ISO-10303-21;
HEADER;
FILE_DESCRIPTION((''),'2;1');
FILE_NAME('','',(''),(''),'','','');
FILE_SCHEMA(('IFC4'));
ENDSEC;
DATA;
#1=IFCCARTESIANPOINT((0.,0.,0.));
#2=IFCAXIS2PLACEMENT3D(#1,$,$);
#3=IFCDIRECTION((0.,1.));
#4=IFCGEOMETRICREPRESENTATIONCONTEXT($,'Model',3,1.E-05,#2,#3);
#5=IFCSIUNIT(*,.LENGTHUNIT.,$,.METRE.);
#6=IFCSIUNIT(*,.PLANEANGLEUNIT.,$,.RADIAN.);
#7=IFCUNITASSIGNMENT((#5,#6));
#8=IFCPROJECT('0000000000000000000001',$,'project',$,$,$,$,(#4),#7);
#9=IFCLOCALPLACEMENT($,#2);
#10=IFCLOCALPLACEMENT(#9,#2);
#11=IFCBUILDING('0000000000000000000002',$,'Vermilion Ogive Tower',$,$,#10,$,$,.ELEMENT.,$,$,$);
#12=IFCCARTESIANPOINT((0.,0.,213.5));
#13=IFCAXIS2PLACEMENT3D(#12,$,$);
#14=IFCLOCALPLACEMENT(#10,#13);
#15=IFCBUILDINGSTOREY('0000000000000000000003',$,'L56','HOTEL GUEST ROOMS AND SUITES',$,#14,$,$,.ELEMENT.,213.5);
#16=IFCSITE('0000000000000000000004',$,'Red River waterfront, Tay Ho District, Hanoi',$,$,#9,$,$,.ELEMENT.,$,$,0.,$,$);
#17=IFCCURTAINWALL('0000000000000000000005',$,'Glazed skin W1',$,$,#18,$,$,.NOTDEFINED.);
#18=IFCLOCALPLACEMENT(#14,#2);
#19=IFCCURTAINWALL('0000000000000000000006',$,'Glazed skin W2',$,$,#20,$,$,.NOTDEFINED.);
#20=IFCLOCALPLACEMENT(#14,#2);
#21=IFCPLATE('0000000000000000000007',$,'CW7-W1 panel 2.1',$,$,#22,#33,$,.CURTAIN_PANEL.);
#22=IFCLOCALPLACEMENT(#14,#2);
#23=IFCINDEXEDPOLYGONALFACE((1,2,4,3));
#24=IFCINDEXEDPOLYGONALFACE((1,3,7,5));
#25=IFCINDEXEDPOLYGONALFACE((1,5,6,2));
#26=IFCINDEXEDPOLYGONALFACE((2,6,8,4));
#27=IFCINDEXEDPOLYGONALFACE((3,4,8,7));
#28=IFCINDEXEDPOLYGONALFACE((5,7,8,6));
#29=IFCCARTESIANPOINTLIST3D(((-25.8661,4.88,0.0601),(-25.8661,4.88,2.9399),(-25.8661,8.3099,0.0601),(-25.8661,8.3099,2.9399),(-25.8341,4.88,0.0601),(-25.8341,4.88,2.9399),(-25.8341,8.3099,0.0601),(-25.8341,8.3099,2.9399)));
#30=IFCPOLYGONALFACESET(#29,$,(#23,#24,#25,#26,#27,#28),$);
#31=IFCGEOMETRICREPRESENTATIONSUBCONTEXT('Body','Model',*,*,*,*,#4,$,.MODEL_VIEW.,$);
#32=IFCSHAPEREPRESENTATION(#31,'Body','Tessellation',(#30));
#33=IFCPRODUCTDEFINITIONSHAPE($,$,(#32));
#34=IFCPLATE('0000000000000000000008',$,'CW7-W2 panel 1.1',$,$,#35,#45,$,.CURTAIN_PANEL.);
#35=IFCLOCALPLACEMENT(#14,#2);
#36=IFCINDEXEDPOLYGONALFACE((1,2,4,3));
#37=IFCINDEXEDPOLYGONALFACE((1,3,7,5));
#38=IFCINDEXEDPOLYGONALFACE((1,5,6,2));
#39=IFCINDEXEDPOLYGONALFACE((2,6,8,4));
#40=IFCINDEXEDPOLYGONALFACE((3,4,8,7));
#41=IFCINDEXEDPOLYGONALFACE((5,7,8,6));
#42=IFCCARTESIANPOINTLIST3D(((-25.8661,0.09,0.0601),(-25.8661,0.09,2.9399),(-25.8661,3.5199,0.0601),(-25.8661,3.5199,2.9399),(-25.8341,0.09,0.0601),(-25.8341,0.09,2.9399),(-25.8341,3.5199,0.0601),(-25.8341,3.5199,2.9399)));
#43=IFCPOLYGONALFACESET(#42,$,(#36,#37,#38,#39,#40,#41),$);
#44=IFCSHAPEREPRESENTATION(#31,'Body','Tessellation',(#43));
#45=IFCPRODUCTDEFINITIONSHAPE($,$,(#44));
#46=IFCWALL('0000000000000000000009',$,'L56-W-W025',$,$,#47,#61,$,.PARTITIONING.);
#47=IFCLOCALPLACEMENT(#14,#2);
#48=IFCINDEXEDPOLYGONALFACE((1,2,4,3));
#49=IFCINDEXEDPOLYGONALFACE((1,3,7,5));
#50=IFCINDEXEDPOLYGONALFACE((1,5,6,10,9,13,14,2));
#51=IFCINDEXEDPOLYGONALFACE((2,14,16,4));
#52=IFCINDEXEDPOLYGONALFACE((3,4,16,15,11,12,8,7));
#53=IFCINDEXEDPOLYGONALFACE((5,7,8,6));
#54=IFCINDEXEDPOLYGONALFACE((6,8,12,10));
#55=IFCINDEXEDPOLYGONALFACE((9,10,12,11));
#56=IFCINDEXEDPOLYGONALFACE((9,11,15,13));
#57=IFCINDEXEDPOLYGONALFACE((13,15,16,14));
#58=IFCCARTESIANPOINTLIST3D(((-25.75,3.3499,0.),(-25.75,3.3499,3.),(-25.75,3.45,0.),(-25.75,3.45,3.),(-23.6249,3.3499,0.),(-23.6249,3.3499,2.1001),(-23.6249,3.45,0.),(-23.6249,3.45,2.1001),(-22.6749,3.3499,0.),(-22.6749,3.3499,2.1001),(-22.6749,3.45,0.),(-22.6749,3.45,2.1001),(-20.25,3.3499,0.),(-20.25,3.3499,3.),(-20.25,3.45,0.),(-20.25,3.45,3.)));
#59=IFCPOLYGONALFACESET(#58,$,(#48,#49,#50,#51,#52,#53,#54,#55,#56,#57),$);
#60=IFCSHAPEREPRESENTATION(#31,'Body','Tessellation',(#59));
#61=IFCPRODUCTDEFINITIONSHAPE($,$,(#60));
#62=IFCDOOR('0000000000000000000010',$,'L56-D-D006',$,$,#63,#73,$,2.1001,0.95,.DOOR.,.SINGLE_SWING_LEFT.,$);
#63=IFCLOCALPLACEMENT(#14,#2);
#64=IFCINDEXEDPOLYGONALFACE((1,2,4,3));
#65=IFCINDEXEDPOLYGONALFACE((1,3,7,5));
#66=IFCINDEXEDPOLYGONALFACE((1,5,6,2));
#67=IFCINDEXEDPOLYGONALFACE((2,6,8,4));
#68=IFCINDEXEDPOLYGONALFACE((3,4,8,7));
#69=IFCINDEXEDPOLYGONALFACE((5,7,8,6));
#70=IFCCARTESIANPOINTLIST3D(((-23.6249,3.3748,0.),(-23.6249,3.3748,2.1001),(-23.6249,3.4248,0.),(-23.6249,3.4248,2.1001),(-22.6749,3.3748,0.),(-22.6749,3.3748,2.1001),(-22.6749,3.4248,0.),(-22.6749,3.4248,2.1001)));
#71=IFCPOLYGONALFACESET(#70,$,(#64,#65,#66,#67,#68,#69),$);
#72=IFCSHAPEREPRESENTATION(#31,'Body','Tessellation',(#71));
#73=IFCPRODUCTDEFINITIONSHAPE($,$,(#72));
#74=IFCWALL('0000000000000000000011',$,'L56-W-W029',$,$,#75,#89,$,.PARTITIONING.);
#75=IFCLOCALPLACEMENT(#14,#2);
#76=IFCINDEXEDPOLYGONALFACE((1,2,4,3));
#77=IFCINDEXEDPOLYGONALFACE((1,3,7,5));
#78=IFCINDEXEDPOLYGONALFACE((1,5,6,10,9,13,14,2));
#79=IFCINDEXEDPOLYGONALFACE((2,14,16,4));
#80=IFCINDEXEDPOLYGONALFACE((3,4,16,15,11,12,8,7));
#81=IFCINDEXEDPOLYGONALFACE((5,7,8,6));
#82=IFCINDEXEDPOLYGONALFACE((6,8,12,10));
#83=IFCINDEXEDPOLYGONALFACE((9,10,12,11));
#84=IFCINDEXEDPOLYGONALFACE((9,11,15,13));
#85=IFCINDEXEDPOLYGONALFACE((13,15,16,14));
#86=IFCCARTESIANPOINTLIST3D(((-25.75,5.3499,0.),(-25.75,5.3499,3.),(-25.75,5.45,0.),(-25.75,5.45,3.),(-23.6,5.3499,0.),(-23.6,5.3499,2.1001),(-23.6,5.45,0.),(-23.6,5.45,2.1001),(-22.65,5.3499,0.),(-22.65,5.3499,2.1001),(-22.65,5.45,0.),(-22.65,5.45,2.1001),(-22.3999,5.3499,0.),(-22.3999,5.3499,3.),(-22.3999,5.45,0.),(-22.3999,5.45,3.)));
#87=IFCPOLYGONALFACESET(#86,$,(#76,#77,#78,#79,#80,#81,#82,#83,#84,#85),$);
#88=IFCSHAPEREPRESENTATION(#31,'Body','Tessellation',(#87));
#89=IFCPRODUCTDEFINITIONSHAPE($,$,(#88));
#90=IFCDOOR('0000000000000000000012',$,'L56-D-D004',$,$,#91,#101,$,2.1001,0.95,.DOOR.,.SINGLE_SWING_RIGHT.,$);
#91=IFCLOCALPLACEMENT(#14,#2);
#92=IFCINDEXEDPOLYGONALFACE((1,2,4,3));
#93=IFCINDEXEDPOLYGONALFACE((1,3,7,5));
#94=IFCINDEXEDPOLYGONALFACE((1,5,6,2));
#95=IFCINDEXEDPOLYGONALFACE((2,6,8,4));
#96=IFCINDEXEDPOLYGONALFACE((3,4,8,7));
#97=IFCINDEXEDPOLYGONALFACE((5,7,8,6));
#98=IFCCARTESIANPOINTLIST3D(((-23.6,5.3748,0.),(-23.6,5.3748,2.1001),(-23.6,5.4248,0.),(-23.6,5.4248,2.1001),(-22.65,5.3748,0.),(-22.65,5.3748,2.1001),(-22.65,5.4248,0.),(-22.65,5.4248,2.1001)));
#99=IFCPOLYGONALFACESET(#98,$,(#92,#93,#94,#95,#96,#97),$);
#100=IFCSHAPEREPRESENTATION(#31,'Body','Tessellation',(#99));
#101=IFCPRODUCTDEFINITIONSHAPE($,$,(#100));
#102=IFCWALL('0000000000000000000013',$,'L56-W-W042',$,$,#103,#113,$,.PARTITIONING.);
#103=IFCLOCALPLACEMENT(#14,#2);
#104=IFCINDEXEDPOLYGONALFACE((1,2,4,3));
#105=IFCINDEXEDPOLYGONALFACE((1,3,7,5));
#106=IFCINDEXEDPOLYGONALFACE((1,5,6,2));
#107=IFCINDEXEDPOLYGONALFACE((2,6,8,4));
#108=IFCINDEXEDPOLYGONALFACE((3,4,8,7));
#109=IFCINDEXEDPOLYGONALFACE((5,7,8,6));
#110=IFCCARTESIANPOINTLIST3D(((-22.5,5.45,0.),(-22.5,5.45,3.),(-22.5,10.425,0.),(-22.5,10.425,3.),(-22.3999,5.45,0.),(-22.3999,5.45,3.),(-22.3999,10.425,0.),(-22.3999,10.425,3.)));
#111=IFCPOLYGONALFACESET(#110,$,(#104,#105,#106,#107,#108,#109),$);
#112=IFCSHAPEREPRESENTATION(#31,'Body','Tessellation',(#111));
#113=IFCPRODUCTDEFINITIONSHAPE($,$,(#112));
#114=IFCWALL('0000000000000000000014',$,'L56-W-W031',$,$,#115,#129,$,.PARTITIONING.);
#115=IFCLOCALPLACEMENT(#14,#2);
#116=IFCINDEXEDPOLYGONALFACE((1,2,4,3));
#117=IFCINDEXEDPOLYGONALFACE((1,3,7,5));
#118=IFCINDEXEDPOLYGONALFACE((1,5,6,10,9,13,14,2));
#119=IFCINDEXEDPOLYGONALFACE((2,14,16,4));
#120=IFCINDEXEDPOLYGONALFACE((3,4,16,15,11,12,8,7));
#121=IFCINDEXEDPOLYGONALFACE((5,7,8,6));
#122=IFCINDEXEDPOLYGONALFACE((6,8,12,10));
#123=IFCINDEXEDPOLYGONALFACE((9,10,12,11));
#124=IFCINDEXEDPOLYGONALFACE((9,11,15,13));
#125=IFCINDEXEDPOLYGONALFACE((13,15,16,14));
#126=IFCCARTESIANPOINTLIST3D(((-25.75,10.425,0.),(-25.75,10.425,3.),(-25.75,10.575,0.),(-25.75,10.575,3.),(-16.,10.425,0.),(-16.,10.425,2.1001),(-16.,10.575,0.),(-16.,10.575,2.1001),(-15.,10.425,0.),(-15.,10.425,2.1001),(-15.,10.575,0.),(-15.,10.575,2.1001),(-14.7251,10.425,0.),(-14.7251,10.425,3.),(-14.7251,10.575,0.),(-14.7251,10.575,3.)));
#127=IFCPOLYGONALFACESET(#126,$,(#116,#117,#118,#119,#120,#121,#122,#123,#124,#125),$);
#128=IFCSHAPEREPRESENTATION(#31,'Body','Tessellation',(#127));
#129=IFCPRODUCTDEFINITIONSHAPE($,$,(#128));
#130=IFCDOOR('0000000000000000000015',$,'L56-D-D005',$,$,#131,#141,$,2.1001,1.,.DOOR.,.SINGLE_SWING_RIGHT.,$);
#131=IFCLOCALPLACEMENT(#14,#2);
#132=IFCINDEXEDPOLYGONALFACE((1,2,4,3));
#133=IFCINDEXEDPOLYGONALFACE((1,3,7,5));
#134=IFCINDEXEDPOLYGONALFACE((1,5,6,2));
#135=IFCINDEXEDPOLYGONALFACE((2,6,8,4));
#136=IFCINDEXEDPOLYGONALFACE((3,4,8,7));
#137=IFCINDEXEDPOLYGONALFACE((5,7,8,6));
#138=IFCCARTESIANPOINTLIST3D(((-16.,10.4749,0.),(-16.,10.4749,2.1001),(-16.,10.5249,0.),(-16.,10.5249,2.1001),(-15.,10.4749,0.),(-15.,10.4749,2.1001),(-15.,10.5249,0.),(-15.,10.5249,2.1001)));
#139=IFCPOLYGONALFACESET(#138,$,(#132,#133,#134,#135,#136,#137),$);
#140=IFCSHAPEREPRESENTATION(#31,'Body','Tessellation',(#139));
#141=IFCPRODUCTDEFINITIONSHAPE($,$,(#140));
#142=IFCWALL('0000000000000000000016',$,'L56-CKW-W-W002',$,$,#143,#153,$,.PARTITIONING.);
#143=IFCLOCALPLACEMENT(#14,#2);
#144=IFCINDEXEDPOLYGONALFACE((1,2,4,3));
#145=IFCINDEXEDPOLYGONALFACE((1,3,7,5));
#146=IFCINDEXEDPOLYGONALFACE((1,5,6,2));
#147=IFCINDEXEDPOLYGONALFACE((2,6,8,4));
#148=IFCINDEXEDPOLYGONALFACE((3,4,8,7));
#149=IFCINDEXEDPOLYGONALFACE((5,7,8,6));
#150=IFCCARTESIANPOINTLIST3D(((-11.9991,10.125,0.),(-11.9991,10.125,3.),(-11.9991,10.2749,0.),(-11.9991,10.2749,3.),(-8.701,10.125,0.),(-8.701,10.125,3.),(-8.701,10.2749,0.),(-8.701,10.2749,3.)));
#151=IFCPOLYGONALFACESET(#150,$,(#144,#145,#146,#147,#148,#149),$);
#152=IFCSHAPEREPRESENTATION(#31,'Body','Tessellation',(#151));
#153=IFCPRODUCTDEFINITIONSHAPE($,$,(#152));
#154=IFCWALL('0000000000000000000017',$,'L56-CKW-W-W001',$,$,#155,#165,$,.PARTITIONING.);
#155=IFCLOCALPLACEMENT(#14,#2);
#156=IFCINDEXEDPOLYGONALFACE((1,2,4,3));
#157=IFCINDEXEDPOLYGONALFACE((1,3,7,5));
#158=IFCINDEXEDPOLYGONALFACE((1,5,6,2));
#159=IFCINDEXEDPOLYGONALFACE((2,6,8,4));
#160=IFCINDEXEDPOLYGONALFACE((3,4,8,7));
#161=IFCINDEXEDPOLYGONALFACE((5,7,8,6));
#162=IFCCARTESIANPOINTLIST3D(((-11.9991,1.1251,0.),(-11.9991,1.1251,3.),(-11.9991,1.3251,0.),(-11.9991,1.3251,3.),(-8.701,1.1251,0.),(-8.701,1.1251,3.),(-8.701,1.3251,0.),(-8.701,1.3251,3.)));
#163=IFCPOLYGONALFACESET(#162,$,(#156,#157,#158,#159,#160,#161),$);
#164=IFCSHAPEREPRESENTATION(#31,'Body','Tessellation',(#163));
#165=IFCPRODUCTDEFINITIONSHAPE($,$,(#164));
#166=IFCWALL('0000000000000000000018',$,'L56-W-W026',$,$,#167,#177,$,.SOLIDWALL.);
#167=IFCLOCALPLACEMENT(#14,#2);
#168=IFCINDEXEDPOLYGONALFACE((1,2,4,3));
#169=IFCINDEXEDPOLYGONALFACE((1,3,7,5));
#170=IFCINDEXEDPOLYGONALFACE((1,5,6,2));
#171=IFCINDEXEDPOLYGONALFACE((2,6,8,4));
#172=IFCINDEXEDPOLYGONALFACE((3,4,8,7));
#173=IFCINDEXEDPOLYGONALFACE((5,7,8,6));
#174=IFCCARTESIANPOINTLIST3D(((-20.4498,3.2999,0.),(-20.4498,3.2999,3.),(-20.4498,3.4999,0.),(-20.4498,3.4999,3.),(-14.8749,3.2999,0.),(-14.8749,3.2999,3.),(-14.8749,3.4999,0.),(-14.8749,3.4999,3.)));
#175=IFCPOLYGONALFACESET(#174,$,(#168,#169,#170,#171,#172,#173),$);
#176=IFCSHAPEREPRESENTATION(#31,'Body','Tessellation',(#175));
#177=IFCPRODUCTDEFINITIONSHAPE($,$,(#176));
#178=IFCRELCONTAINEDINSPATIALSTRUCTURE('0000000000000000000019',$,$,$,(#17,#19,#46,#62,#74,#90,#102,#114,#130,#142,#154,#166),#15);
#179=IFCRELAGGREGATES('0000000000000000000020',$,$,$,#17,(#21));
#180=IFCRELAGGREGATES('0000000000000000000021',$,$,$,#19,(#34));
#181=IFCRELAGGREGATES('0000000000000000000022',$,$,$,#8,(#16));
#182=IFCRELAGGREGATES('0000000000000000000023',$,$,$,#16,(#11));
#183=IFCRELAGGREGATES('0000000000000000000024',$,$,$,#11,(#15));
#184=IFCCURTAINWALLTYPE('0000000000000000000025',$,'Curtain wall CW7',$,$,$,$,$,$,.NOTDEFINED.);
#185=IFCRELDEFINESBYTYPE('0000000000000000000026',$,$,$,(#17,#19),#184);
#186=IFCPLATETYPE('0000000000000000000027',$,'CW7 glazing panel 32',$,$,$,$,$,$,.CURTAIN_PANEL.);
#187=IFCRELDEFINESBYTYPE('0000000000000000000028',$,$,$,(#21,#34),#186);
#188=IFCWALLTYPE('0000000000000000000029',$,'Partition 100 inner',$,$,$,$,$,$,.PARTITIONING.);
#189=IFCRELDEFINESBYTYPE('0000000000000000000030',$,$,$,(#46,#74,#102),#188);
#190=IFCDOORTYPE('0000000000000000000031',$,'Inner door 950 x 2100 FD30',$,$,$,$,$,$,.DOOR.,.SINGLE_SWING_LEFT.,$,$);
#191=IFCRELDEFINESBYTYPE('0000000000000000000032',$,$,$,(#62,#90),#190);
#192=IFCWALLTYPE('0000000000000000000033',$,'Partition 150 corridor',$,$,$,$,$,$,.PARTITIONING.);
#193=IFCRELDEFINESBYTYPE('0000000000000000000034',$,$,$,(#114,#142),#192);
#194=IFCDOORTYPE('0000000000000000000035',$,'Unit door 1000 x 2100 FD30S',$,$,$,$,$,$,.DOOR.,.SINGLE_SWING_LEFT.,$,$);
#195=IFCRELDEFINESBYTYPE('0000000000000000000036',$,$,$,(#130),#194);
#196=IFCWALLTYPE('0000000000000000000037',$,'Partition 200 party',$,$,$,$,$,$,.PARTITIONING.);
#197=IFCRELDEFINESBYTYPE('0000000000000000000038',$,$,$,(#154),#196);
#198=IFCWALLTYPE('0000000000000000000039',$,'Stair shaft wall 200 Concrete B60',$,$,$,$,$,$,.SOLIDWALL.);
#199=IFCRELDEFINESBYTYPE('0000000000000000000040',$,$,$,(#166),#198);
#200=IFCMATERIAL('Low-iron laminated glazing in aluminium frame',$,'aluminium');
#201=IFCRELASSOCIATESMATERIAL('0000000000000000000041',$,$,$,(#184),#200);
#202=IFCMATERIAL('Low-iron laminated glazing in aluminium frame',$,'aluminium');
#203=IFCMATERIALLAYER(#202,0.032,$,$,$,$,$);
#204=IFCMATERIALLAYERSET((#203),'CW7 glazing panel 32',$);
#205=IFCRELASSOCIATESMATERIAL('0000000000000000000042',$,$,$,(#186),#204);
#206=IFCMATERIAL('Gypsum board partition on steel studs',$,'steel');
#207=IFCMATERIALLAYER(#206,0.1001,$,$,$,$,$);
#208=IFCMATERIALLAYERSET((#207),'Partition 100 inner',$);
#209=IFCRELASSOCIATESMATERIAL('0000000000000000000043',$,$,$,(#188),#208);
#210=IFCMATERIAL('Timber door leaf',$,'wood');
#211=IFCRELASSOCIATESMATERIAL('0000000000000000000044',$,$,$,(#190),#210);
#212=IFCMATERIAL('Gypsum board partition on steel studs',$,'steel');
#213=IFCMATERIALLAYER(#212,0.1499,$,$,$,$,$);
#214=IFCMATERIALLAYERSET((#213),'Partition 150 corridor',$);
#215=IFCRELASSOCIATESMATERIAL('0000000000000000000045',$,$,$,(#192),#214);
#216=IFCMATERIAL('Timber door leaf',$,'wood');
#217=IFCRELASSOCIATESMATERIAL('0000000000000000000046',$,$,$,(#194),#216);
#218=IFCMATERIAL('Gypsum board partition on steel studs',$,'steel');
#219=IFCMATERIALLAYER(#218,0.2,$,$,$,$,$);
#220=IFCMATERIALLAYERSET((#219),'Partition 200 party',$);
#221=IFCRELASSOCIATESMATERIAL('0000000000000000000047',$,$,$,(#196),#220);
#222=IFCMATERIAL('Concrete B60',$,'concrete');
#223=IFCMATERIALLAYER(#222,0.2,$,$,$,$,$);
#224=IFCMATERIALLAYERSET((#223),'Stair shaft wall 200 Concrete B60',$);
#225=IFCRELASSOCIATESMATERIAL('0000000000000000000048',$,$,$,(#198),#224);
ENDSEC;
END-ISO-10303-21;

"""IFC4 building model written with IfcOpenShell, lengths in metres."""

from ifc_helpers import new_model, si_unit, direction, frame, frame_2d, origin, origin_2d, place, context, subcontext, project, spatial, rectangle, extrude, material, layer, layer_set, type_object, element, fill, aggregate, save


model = new_model("IFC4")

# Units and contexts
model_context = context("Model", 3, precision=1e-05, world=origin(), true_north=direction((0.0, 1.0)))
body_context = subcontext(model_context, "Body", "Model", "MODEL_VIEW")
ifc_project = project(units=[si_unit("LENGTHUNIT", "METRE"), si_unit("PLANEANGLEUNIT", "RADIAN")], contexts=[model_context])

# Site, building, storey
site_placement = place(None, origin())
site = spatial("IfcSite", under=ifc_project, at=site_placement, Name="Red River waterfront, Tay Ho District, Hanoi", CompositionType="ELEMENT", RefElevation=0.0)
building_placement = place(site_placement, origin())
building = spatial("IfcBuilding", under=site, at=building_placement, Name="Vermilion Ogive Tower", CompositionType="ELEMENT")
storey_placement = place(building_placement, frame((0.0, 0.0, 213.5)))
storey = spatial("IfcBuildingStorey", under=building, at=storey_placement, Name="L56", Description="HOTEL GUEST ROOMS AND SUITES", CompositionType="ELEMENT", Elevation=213.5)

# Curtain wall
ifc_material_1 = material(Name="Low-iron laminated glazing in aluminium frame", Category="aluminium")
curtain_wall_type = type_object("IfcCurtainWallType", Name="Curtain wall CW7", PredefinedType="NOTDEFINED", material=ifc_material_1)
curtain_wall_1_placement = place(storey_placement, origin())
curtain_wall_1 = element("IfcCurtainWall", 1, at=curtain_wall_1_placement, inside=storey, type_object=curtain_wall_type, Name="Glazed skin W1", PredefinedType="NOTDEFINED")

# Curtain wall
curtain_wall_2_placement = place(storey_placement, origin())
curtain_wall_2 = element("IfcCurtainWall", 2, at=curtain_wall_2_placement, inside=storey, type_object=curtain_wall_type, Name="Glazed skin W2", PredefinedType="NOTDEFINED")

# Plates
ifc_material_2 = material(Name="Low-iron laminated glazing in aluminium frame", Category="aluminium")
ifc_layer_1 = layer(ifc_material_2, 0.032)
ifc_layer_set_1 = layer_set([ifc_layer_1], Name="CW7 glazing panel 32")
plate_type = type_object("IfcPlateType", Name="CW7 glazing panel 32", PredefinedType="CURTAIN_PANEL", material=ifc_layer_set_1)
plate_1_placement = place(storey_placement, frame((-25.8501, 6.595, 0.0601), z_axis=(0.0, 0.0, 1.0), x_axis=(0.0, -1.0, 0.0)))
plate_1 = element("IfcPlate", 3, at=plate_1_placement, type_object=plate_type, Name="CW7-W1 panel 2.1", PredefinedType="CURTAIN_PANEL", context=body_context, shape_type="SweptSolid", body=[
    extrude(rectangle(XDim=3.4299, YDim=0.032, at=origin_2d()), origin(), (0.0, 0.0, 1.0), 2.8799),
])
aggregate(curtain_wall_1, [plate_1])
plate_2_placement = place(storey_placement, frame((-25.8501, 1.8049, 0.0601), z_axis=(0.0, 0.0, 1.0), x_axis=(0.0, -1.0, 0.0)))
plate_2 = element("IfcPlate", 4, at=plate_2_placement, type_object=plate_type, Name="CW7-W2 panel 1.1", PredefinedType="CURTAIN_PANEL", context=body_context, shape_type="SweptSolid", body=[
    extrude(rectangle(XDim=3.4299, YDim=0.032, at=origin_2d()), origin(), (0.0, 0.0, 1.0), 2.8799),
])
aggregate(curtain_wall_2, [plate_2])

# Walls, openings, doors
ifc_material_3 = material(Name="Gypsum board partition on steel studs", Category="steel")
ifc_layer_2 = layer(ifc_material_3, 0.1001)
ifc_layer_set_2 = layer_set([ifc_layer_2], Name="Partition 100 inner")
wall_type_1 = type_object("IfcWallType", Name="Partition 100 inner", PredefinedType="PARTITIONING", material=ifc_layer_set_2)
wall_1_placement = place(storey_placement, frame((-25.75, 3.3999, 0.0), z_axis=(0.0, 0.0, 1.0), x_axis=(1.0, 0.0, 0.0)))
wall_1 = element("IfcWall", 5, at=wall_1_placement, inside=storey, type_object=wall_type_1, Name="L56-W-W025", PredefinedType="PARTITIONING", context=body_context, shape_type="SweptSolid", body=[
    extrude(rectangle(XDim=5.5, YDim=0.1001, at=frame_2d((2.75, 0.0))), origin(), (0.0, 0.0, 1.0), 3.0),
])
opening_1_placement = place(wall_1_placement, frame((2.125, 0.0, 0.0)))
opening_1 = element("IfcOpeningElement", 6, at=opening_1_placement, cuts=wall_1, PredefinedType="OPENING", context=body_context, shape_type="SweptSolid", body=[
    extrude(rectangle(XDim=0.95, YDim=2.1001, at=frame_2d((0.4751, 1.05))), frame((0.0, 0.0601, 0.0), z_axis=(0.0, -1.0, 0.0), x_axis=(1.0, 0.0, 0.0)), (0.0, 0.0, 1.0), 0.1201),
])
ifc_material_4 = material(Name="Timber door leaf", Category="wood")
door_type_1 = type_object("IfcDoorType", Name="Inner door 950 x 2100 FD30", OperationType="SINGLE_SWING_LEFT", PredefinedType="DOOR", material=ifc_material_4)
door_1_placement = place(opening_1_placement, origin())
door_1 = element("IfcDoor", 7, at=door_1_placement, inside=storey, type_object=door_type_1, Name="L56-D-D006", OperationType="SINGLE_SWING_LEFT", OverallHeight=2.1001, OverallWidth=0.95, PredefinedType="DOOR", context=body_context, shape_type="SweptSolid", body=[
    extrude(rectangle(XDim=0.95, YDim=2.1001, at=frame_2d((0.4751, 1.05))), frame((0.0, 0.0249, 0.0), z_axis=(0.0, -1.0, 0.0), x_axis=(1.0, 0.0, 0.0)), (0.0, 0.0, 1.0), 0.05),
])
fill(opening_1, door_1)
wall_2_placement = place(storey_placement, frame((-25.75, 5.3999, 0.0), z_axis=(0.0, 0.0, 1.0), x_axis=(1.0, 0.0, 0.0)))
wall_2 = element("IfcWall", 8, at=wall_2_placement, inside=storey, type_object=wall_type_1, Name="L56-W-W029", PredefinedType="PARTITIONING", context=body_context, shape_type="SweptSolid", body=[
    extrude(rectangle(XDim=3.3501, YDim=0.1001, at=frame_2d((1.675, 0.0))), origin(), (0.0, 0.0, 1.0), 3.0),
])
opening_2_placement = place(wall_2_placement, frame((2.1499, 0.0, 0.0)))
opening_2 = element("IfcOpeningElement", 9, at=opening_2_placement, cuts=wall_2, PredefinedType="OPENING", context=body_context, shape_type="SweptSolid", body=[
    extrude(rectangle(XDim=0.95, YDim=2.1001, at=frame_2d((0.4751, 1.05))), frame((0.0, 0.0601, 0.0), z_axis=(0.0, -1.0, 0.0), x_axis=(1.0, 0.0, 0.0)), (0.0, 0.0, 1.0), 0.1201),
])
door_2_placement = place(opening_2_placement, origin())
door_2 = element("IfcDoor", 10, at=door_2_placement, inside=storey, type_object=door_type_1, Name="L56-D-D004", OperationType="SINGLE_SWING_RIGHT", OverallHeight=2.1001, OverallWidth=0.95, PredefinedType="DOOR", context=body_context, shape_type="SweptSolid", body=[
    extrude(rectangle(XDim=0.95, YDim=2.1001, at=frame_2d((0.4751, 1.05))), frame((0.0, 0.0249, 0.0), z_axis=(0.0, -1.0, 0.0), x_axis=(1.0, 0.0, 0.0)), (0.0, 0.0, 1.0), 0.05),
])
fill(opening_2, door_2)

# Wall
wall_3_placement = place(storey_placement, frame((-22.45, 5.45, 0.0), z_axis=(0.0, 0.0, 1.0), x_axis=(0.0, 1.0, 0.0)))
element("IfcWall", 11, at=wall_3_placement, inside=storey, type_object=wall_type_1, Name="L56-W-W042", PredefinedType="PARTITIONING", context=body_context, shape_type="SweptSolid", body=[
    extrude(rectangle(XDim=4.9751, YDim=0.1001, at=frame_2d((2.4875, 0.0))), origin(), (0.0, 0.0, 1.0), 3.0),
])

# Wall, opening, door
ifc_material_5 = material(Name="Gypsum board partition on steel studs", Category="steel")
ifc_layer_3 = layer(ifc_material_5, 0.1499)
ifc_layer_set_3 = layer_set([ifc_layer_3], Name="Partition 150 corridor")
wall_type_2 = type_object("IfcWallType", Name="Partition 150 corridor", PredefinedType="PARTITIONING", material=ifc_layer_set_3)
wall_4_placement = place(storey_placement, frame((-25.75, 10.5, 0.0), z_axis=(0.0, 0.0, 1.0), x_axis=(1.0, 0.0, 0.0)))
wall_4 = element("IfcWall", 12, at=wall_4_placement, inside=storey, type_object=wall_type_2, Name="L56-W-W031", PredefinedType="PARTITIONING", context=body_context, shape_type="SweptSolid", body=[
    extrude(rectangle(XDim=11.0249, YDim=0.1499, at=frame_2d((5.5125, 0.0))), origin(), (0.0, 0.0, 1.0), 3.0),
])
opening_3_placement = place(wall_4_placement, frame((9.75, 0.0, 0.0)))
opening_3 = element("IfcOpeningElement", 13, at=opening_3_placement, cuts=wall_4, PredefinedType="OPENING", context=body_context, shape_type="SweptSolid", body=[
    extrude(rectangle(XDim=1.0, YDim=2.1001, at=frame_2d((0.5, 1.05))), frame((0.0, 0.085, 0.0), z_axis=(0.0, -1.0, 0.0), x_axis=(1.0, 0.0, 0.0)), (0.0, 0.0, 1.0), 0.1699),
])
ifc_material_6 = material(Name="Timber door leaf", Category="wood")
door_type_2 = type_object("IfcDoorType", Name="Unit door 1000 x 2100 FD30S", OperationType="SINGLE_SWING_LEFT", PredefinedType="DOOR", material=ifc_material_6)
door_3_placement = place(opening_3_placement, origin())
door_3 = element("IfcDoor", 14, at=door_3_placement, inside=storey, type_object=door_type_2, Name="L56-D-D005", OperationType="SINGLE_SWING_RIGHT", OverallHeight=2.1001, OverallWidth=1.0, PredefinedType="DOOR", context=body_context, shape_type="SweptSolid", body=[
    extrude(rectangle(XDim=1.0, YDim=2.1001, at=frame_2d((0.5, 1.05))), frame((0.0, 0.0249, 0.0), z_axis=(0.0, -1.0, 0.0), x_axis=(1.0, 0.0, 0.0)), (0.0, 0.0, 1.0), 0.05),
])
fill(opening_3, door_3)

# Walls
wall_5_placement = place(storey_placement, frame((-11.999, 10.2, 0.0), z_axis=(0.0, 0.0, 1.0), x_axis=(1.0, 0.0, 0.0)))
element("IfcWall", 15, at=wall_5_placement, inside=storey, type_object=wall_type_2, Name="L56-CKW-W-W002", PredefinedType="PARTITIONING", context=body_context, shape_type="SweptSolid", body=[
    extrude(rectangle(XDim=3.2981, YDim=0.1499, at=frame_2d((1.6489, 0.0))), origin(), (0.0, 0.0, 1.0), 3.0),
])
ifc_material_7 = material(Name="Gypsum board partition on steel studs", Category="steel")
ifc_layer_4 = layer(ifc_material_7, 0.2)
ifc_layer_set_4 = layer_set([ifc_layer_4], Name="Partition 200 party")
wall_type_3 = type_object("IfcWallType", Name="Partition 200 party", PredefinedType="PARTITIONING", material=ifc_layer_set_4)
wall_6_placement = place(storey_placement, frame((-11.999, 1.2251, 0.0), z_axis=(0.0, 0.0, 1.0), x_axis=(1.0, 0.0, 0.0)))
element("IfcWall", 16, at=wall_6_placement, inside=storey, type_object=wall_type_3, Name="L56-CKW-W-W001", PredefinedType="PARTITIONING", context=body_context, shape_type="SweptSolid", body=[
    extrude(rectangle(XDim=3.2981, YDim=0.2, at=frame_2d((1.6489, 0.0))), origin(), (0.0, 0.0, 1.0), 3.0),
])
ifc_material_8 = material(Name="Concrete B60", Category="concrete")
ifc_layer_5 = layer(ifc_material_8, 0.2)
ifc_layer_set_5 = layer_set([ifc_layer_5], Name="Stair shaft wall 200 Concrete B60")
wall_type_4 = type_object("IfcWallType", Name="Stair shaft wall 200 Concrete B60", PredefinedType="SOLIDWALL", material=ifc_layer_set_5)
wall_7_placement = place(storey_placement, frame((-20.45, 3.3999, 0.0), z_axis=(0.0, 0.0, 1.0), x_axis=(1.0, 0.0, 0.0)))
element("IfcWall", 17, at=wall_7_placement, inside=storey, type_object=wall_type_4, Name="L56-W-W026", PredefinedType="SOLIDWALL", context=body_context, shape_type="SweptSolid", body=[
    extrude(rectangle(XDim=5.575, YDim=0.2, at=frame_2d((2.7876, 0.0))), origin(), (0.0, 0.0, 1.0), 3.0),
])

save(model, "model.ifc")
